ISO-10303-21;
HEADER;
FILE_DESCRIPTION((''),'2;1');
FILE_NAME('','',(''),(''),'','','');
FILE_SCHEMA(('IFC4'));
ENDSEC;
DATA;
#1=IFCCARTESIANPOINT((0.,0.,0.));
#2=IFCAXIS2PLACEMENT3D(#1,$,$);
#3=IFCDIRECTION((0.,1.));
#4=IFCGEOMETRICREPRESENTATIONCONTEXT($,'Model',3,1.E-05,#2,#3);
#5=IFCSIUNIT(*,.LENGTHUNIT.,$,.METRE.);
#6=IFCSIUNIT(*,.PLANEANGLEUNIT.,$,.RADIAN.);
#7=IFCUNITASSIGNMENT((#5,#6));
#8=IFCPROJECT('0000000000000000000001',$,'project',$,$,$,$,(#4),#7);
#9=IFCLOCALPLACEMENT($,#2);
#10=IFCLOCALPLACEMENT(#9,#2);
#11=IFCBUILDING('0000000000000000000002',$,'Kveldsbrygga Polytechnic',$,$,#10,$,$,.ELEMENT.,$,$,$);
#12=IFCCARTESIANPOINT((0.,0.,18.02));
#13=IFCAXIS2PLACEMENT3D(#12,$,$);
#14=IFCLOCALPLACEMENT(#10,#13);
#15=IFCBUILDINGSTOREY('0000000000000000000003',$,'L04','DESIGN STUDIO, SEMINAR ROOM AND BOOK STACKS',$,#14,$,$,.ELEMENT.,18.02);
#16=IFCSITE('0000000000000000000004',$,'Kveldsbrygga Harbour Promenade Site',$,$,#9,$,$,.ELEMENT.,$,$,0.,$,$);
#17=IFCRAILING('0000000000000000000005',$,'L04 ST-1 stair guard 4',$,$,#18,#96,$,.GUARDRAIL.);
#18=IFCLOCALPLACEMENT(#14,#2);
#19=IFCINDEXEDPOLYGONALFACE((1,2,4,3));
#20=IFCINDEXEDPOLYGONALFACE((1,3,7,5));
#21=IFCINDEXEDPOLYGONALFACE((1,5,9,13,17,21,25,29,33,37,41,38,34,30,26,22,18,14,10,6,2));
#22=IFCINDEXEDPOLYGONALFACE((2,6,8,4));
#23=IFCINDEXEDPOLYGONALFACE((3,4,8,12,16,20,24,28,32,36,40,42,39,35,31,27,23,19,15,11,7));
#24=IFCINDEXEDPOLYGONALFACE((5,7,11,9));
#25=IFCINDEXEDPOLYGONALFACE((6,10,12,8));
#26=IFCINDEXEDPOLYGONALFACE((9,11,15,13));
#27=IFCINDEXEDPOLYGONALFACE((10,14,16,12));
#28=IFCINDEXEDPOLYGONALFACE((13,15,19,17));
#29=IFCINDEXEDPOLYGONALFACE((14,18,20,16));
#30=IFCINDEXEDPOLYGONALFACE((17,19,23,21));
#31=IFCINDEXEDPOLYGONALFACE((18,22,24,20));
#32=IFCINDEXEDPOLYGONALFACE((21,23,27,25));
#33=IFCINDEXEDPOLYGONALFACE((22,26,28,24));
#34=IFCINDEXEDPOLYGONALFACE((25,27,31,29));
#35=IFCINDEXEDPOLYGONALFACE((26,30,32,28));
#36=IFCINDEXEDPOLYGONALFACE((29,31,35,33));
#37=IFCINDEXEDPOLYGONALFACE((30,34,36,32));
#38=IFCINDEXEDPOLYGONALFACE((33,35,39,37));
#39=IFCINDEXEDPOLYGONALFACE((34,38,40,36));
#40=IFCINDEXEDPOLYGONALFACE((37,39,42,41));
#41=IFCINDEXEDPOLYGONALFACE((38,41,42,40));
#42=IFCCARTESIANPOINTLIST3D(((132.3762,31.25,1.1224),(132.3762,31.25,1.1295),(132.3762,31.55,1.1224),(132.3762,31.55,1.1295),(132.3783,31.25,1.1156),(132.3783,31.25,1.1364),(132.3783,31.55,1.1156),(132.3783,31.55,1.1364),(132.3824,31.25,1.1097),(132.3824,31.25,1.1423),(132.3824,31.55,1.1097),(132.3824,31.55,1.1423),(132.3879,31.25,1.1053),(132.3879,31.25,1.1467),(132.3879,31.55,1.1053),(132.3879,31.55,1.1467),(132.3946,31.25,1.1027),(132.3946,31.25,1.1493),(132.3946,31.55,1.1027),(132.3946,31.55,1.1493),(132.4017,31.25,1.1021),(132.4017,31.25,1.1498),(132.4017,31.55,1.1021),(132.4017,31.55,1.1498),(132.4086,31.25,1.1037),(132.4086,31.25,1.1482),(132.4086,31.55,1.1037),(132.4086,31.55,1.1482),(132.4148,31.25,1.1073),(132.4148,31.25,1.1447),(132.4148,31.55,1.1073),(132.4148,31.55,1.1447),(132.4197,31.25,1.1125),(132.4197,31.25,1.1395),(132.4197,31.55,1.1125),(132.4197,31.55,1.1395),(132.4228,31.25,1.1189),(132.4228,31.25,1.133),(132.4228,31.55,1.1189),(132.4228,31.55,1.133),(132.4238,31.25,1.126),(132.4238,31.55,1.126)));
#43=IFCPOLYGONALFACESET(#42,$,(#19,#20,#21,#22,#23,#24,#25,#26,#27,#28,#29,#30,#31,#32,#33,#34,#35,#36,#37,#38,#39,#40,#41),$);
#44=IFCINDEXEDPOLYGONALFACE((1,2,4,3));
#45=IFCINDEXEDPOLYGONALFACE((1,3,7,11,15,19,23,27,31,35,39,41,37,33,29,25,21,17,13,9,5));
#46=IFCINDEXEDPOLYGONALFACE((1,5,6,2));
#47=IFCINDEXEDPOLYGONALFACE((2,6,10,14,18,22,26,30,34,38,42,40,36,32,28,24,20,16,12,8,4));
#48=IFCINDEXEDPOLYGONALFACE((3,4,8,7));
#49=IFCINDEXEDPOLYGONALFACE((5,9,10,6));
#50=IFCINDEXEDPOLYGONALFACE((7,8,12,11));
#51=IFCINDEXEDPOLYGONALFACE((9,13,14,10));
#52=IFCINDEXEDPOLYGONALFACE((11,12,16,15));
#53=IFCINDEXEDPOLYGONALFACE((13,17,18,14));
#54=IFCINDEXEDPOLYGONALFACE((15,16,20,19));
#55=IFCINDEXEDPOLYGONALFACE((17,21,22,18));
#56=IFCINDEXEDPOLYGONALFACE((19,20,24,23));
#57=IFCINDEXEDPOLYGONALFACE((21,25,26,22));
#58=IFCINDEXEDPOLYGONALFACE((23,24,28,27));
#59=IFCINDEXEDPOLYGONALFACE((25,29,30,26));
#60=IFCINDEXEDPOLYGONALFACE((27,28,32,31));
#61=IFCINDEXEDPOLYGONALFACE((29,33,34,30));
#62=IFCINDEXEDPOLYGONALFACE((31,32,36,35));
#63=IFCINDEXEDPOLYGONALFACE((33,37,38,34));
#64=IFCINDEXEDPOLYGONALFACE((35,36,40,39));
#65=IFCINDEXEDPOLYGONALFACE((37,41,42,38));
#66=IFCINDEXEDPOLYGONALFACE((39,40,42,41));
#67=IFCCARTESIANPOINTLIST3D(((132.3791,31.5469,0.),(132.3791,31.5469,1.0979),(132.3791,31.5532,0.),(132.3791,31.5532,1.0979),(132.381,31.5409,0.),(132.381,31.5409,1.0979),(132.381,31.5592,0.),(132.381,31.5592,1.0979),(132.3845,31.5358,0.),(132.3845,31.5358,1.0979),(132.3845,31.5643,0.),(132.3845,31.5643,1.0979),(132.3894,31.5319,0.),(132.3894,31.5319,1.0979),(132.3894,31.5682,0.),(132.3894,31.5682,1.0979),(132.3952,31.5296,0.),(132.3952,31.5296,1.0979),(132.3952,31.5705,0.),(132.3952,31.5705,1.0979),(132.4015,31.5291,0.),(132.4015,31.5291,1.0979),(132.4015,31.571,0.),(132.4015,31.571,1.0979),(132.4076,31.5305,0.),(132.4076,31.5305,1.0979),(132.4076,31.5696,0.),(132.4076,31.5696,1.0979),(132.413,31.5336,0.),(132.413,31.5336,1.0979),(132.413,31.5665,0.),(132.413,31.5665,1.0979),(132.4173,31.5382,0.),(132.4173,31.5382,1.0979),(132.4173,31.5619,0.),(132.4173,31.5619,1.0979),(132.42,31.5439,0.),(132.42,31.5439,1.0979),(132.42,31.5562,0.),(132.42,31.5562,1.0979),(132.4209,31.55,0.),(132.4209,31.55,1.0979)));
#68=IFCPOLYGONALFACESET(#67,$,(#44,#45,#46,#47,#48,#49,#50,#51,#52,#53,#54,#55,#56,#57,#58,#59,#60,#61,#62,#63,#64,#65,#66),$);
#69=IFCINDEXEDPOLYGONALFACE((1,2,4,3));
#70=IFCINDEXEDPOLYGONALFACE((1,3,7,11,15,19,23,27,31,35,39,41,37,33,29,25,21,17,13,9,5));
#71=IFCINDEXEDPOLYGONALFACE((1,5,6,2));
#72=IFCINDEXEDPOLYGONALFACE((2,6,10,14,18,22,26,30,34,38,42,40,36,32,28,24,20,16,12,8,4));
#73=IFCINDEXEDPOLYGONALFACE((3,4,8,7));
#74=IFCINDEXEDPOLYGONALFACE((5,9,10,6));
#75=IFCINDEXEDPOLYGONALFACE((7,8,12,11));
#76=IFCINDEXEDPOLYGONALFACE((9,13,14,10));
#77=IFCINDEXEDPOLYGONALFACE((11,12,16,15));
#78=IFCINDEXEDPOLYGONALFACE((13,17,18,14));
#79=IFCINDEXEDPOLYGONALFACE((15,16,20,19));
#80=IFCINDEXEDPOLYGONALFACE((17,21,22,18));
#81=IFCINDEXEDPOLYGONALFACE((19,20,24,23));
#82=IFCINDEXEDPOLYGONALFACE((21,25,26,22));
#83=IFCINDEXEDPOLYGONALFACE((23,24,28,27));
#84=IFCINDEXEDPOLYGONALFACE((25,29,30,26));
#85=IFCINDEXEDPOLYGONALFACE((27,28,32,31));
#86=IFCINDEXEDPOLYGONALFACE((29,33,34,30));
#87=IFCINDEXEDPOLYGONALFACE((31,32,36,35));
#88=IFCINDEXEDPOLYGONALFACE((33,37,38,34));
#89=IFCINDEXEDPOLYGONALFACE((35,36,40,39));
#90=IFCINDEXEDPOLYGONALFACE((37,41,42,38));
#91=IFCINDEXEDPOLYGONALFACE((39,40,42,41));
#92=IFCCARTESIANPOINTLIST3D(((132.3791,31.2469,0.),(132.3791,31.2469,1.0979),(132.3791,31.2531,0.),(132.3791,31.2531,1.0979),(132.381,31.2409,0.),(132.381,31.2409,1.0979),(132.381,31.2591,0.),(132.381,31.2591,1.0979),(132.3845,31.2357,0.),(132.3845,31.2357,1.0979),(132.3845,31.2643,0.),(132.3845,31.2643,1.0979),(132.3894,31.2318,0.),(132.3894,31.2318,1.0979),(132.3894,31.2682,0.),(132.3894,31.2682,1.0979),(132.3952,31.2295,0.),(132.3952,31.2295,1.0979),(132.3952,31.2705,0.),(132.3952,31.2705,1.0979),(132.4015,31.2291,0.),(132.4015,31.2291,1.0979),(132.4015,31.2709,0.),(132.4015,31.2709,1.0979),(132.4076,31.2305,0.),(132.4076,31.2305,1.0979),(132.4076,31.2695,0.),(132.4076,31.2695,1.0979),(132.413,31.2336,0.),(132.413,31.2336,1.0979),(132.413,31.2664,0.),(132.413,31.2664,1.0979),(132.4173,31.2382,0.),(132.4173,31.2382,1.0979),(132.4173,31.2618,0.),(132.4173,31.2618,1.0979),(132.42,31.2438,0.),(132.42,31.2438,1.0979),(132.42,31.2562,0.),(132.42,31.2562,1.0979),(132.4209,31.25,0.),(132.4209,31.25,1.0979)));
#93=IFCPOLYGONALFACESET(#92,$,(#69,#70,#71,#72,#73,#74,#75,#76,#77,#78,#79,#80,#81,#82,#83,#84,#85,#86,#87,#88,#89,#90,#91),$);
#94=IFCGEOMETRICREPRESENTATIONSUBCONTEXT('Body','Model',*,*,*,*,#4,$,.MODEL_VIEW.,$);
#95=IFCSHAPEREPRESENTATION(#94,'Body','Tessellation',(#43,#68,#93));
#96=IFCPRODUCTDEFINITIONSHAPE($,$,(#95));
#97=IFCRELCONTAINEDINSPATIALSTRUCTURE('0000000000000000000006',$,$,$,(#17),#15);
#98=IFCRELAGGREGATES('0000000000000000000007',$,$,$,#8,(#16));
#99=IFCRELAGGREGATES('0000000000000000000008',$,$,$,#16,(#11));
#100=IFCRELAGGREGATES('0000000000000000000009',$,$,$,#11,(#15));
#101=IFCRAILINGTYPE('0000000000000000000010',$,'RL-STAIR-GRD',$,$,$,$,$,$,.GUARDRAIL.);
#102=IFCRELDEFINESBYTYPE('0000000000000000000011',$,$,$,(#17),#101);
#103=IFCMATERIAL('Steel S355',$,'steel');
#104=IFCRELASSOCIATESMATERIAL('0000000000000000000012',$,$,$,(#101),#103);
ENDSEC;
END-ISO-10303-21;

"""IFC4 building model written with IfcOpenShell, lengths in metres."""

from ifc_helpers import new_model, si_unit, direction, frame, origin, origin_2d, place, context, subcontext, project, spatial, circle, extrude, material, type_object, element, save


model = new_model("IFC4")

# Units and contexts
model_context = context("Model", 3, precision=1e-05, world=origin(), true_north=direction((0.0, 1.0)))
body_context = subcontext(model_context, "Body", "Model", "MODEL_VIEW")
ifc_project = project(units=[si_unit("LENGTHUNIT", "METRE"), si_unit("PLANEANGLEUNIT", "RADIAN")], contexts=[model_context])

# Site, building, storey
site_placement = place(None, origin())
site = spatial("IfcSite", under=ifc_project, at=site_placement, Name="Kveldsbrygga Harbour Promenade Site", CompositionType="ELEMENT", RefElevation=0.0)
building_placement = place(site_placement, origin())
building = spatial("IfcBuilding", under=site, at=building_placement, Name="Kveldsbrygga Polytechnic", CompositionType="ELEMENT")
storey_placement = place(building_placement, frame((0.0, 0.0, 18.02)))
storey = spatial("IfcBuildingStorey", under=building, at=storey_placement, Name="L04", Description="DESIGN STUDIO, SEMINAR ROOM AND BOOK STACKS", CompositionType="ELEMENT", Elevation=18.02)

# Railing
ifc_material_1 = material(Name="Steel S355", Category="steel")
railing_type_1 = type_object("IfcRailingType", Name="RL-STAIR-GRD", PredefinedType="GUARDRAIL", material=ifc_material_1)
railing_1_placement = place(storey_placement, frame((132.3999, 31.55, 0.0)))
element("IfcRailing", 1, at=railing_1_placement, inside=storey, type_object=railing_type_1, Name="L04 ST-1 stair guard 4", PredefinedType="GUARDRAIL", context=body_context, shape_type="SweptSolid", body=[
    extrude(circle(Radius=0.0239, at=origin_2d()), frame((0.0, 0.0, 1.126), z_axis=(0.0, -1.0, 0.0), x_axis=(1.0, 0.0, 0.0)), (0.0, 0.0, 1.0), 0.3),
    extrude(circle(Radius=0.021, at=origin_2d()), origin(), (0.0, 0.0, 1.0), 1.0979),
    extrude(circle(Radius=0.021, at=origin_2d()), frame((0.0, -0.3, 0.0)), (0.0, 0.0, 1.0), 1.0979),
])

save(model, "model.ifc")
